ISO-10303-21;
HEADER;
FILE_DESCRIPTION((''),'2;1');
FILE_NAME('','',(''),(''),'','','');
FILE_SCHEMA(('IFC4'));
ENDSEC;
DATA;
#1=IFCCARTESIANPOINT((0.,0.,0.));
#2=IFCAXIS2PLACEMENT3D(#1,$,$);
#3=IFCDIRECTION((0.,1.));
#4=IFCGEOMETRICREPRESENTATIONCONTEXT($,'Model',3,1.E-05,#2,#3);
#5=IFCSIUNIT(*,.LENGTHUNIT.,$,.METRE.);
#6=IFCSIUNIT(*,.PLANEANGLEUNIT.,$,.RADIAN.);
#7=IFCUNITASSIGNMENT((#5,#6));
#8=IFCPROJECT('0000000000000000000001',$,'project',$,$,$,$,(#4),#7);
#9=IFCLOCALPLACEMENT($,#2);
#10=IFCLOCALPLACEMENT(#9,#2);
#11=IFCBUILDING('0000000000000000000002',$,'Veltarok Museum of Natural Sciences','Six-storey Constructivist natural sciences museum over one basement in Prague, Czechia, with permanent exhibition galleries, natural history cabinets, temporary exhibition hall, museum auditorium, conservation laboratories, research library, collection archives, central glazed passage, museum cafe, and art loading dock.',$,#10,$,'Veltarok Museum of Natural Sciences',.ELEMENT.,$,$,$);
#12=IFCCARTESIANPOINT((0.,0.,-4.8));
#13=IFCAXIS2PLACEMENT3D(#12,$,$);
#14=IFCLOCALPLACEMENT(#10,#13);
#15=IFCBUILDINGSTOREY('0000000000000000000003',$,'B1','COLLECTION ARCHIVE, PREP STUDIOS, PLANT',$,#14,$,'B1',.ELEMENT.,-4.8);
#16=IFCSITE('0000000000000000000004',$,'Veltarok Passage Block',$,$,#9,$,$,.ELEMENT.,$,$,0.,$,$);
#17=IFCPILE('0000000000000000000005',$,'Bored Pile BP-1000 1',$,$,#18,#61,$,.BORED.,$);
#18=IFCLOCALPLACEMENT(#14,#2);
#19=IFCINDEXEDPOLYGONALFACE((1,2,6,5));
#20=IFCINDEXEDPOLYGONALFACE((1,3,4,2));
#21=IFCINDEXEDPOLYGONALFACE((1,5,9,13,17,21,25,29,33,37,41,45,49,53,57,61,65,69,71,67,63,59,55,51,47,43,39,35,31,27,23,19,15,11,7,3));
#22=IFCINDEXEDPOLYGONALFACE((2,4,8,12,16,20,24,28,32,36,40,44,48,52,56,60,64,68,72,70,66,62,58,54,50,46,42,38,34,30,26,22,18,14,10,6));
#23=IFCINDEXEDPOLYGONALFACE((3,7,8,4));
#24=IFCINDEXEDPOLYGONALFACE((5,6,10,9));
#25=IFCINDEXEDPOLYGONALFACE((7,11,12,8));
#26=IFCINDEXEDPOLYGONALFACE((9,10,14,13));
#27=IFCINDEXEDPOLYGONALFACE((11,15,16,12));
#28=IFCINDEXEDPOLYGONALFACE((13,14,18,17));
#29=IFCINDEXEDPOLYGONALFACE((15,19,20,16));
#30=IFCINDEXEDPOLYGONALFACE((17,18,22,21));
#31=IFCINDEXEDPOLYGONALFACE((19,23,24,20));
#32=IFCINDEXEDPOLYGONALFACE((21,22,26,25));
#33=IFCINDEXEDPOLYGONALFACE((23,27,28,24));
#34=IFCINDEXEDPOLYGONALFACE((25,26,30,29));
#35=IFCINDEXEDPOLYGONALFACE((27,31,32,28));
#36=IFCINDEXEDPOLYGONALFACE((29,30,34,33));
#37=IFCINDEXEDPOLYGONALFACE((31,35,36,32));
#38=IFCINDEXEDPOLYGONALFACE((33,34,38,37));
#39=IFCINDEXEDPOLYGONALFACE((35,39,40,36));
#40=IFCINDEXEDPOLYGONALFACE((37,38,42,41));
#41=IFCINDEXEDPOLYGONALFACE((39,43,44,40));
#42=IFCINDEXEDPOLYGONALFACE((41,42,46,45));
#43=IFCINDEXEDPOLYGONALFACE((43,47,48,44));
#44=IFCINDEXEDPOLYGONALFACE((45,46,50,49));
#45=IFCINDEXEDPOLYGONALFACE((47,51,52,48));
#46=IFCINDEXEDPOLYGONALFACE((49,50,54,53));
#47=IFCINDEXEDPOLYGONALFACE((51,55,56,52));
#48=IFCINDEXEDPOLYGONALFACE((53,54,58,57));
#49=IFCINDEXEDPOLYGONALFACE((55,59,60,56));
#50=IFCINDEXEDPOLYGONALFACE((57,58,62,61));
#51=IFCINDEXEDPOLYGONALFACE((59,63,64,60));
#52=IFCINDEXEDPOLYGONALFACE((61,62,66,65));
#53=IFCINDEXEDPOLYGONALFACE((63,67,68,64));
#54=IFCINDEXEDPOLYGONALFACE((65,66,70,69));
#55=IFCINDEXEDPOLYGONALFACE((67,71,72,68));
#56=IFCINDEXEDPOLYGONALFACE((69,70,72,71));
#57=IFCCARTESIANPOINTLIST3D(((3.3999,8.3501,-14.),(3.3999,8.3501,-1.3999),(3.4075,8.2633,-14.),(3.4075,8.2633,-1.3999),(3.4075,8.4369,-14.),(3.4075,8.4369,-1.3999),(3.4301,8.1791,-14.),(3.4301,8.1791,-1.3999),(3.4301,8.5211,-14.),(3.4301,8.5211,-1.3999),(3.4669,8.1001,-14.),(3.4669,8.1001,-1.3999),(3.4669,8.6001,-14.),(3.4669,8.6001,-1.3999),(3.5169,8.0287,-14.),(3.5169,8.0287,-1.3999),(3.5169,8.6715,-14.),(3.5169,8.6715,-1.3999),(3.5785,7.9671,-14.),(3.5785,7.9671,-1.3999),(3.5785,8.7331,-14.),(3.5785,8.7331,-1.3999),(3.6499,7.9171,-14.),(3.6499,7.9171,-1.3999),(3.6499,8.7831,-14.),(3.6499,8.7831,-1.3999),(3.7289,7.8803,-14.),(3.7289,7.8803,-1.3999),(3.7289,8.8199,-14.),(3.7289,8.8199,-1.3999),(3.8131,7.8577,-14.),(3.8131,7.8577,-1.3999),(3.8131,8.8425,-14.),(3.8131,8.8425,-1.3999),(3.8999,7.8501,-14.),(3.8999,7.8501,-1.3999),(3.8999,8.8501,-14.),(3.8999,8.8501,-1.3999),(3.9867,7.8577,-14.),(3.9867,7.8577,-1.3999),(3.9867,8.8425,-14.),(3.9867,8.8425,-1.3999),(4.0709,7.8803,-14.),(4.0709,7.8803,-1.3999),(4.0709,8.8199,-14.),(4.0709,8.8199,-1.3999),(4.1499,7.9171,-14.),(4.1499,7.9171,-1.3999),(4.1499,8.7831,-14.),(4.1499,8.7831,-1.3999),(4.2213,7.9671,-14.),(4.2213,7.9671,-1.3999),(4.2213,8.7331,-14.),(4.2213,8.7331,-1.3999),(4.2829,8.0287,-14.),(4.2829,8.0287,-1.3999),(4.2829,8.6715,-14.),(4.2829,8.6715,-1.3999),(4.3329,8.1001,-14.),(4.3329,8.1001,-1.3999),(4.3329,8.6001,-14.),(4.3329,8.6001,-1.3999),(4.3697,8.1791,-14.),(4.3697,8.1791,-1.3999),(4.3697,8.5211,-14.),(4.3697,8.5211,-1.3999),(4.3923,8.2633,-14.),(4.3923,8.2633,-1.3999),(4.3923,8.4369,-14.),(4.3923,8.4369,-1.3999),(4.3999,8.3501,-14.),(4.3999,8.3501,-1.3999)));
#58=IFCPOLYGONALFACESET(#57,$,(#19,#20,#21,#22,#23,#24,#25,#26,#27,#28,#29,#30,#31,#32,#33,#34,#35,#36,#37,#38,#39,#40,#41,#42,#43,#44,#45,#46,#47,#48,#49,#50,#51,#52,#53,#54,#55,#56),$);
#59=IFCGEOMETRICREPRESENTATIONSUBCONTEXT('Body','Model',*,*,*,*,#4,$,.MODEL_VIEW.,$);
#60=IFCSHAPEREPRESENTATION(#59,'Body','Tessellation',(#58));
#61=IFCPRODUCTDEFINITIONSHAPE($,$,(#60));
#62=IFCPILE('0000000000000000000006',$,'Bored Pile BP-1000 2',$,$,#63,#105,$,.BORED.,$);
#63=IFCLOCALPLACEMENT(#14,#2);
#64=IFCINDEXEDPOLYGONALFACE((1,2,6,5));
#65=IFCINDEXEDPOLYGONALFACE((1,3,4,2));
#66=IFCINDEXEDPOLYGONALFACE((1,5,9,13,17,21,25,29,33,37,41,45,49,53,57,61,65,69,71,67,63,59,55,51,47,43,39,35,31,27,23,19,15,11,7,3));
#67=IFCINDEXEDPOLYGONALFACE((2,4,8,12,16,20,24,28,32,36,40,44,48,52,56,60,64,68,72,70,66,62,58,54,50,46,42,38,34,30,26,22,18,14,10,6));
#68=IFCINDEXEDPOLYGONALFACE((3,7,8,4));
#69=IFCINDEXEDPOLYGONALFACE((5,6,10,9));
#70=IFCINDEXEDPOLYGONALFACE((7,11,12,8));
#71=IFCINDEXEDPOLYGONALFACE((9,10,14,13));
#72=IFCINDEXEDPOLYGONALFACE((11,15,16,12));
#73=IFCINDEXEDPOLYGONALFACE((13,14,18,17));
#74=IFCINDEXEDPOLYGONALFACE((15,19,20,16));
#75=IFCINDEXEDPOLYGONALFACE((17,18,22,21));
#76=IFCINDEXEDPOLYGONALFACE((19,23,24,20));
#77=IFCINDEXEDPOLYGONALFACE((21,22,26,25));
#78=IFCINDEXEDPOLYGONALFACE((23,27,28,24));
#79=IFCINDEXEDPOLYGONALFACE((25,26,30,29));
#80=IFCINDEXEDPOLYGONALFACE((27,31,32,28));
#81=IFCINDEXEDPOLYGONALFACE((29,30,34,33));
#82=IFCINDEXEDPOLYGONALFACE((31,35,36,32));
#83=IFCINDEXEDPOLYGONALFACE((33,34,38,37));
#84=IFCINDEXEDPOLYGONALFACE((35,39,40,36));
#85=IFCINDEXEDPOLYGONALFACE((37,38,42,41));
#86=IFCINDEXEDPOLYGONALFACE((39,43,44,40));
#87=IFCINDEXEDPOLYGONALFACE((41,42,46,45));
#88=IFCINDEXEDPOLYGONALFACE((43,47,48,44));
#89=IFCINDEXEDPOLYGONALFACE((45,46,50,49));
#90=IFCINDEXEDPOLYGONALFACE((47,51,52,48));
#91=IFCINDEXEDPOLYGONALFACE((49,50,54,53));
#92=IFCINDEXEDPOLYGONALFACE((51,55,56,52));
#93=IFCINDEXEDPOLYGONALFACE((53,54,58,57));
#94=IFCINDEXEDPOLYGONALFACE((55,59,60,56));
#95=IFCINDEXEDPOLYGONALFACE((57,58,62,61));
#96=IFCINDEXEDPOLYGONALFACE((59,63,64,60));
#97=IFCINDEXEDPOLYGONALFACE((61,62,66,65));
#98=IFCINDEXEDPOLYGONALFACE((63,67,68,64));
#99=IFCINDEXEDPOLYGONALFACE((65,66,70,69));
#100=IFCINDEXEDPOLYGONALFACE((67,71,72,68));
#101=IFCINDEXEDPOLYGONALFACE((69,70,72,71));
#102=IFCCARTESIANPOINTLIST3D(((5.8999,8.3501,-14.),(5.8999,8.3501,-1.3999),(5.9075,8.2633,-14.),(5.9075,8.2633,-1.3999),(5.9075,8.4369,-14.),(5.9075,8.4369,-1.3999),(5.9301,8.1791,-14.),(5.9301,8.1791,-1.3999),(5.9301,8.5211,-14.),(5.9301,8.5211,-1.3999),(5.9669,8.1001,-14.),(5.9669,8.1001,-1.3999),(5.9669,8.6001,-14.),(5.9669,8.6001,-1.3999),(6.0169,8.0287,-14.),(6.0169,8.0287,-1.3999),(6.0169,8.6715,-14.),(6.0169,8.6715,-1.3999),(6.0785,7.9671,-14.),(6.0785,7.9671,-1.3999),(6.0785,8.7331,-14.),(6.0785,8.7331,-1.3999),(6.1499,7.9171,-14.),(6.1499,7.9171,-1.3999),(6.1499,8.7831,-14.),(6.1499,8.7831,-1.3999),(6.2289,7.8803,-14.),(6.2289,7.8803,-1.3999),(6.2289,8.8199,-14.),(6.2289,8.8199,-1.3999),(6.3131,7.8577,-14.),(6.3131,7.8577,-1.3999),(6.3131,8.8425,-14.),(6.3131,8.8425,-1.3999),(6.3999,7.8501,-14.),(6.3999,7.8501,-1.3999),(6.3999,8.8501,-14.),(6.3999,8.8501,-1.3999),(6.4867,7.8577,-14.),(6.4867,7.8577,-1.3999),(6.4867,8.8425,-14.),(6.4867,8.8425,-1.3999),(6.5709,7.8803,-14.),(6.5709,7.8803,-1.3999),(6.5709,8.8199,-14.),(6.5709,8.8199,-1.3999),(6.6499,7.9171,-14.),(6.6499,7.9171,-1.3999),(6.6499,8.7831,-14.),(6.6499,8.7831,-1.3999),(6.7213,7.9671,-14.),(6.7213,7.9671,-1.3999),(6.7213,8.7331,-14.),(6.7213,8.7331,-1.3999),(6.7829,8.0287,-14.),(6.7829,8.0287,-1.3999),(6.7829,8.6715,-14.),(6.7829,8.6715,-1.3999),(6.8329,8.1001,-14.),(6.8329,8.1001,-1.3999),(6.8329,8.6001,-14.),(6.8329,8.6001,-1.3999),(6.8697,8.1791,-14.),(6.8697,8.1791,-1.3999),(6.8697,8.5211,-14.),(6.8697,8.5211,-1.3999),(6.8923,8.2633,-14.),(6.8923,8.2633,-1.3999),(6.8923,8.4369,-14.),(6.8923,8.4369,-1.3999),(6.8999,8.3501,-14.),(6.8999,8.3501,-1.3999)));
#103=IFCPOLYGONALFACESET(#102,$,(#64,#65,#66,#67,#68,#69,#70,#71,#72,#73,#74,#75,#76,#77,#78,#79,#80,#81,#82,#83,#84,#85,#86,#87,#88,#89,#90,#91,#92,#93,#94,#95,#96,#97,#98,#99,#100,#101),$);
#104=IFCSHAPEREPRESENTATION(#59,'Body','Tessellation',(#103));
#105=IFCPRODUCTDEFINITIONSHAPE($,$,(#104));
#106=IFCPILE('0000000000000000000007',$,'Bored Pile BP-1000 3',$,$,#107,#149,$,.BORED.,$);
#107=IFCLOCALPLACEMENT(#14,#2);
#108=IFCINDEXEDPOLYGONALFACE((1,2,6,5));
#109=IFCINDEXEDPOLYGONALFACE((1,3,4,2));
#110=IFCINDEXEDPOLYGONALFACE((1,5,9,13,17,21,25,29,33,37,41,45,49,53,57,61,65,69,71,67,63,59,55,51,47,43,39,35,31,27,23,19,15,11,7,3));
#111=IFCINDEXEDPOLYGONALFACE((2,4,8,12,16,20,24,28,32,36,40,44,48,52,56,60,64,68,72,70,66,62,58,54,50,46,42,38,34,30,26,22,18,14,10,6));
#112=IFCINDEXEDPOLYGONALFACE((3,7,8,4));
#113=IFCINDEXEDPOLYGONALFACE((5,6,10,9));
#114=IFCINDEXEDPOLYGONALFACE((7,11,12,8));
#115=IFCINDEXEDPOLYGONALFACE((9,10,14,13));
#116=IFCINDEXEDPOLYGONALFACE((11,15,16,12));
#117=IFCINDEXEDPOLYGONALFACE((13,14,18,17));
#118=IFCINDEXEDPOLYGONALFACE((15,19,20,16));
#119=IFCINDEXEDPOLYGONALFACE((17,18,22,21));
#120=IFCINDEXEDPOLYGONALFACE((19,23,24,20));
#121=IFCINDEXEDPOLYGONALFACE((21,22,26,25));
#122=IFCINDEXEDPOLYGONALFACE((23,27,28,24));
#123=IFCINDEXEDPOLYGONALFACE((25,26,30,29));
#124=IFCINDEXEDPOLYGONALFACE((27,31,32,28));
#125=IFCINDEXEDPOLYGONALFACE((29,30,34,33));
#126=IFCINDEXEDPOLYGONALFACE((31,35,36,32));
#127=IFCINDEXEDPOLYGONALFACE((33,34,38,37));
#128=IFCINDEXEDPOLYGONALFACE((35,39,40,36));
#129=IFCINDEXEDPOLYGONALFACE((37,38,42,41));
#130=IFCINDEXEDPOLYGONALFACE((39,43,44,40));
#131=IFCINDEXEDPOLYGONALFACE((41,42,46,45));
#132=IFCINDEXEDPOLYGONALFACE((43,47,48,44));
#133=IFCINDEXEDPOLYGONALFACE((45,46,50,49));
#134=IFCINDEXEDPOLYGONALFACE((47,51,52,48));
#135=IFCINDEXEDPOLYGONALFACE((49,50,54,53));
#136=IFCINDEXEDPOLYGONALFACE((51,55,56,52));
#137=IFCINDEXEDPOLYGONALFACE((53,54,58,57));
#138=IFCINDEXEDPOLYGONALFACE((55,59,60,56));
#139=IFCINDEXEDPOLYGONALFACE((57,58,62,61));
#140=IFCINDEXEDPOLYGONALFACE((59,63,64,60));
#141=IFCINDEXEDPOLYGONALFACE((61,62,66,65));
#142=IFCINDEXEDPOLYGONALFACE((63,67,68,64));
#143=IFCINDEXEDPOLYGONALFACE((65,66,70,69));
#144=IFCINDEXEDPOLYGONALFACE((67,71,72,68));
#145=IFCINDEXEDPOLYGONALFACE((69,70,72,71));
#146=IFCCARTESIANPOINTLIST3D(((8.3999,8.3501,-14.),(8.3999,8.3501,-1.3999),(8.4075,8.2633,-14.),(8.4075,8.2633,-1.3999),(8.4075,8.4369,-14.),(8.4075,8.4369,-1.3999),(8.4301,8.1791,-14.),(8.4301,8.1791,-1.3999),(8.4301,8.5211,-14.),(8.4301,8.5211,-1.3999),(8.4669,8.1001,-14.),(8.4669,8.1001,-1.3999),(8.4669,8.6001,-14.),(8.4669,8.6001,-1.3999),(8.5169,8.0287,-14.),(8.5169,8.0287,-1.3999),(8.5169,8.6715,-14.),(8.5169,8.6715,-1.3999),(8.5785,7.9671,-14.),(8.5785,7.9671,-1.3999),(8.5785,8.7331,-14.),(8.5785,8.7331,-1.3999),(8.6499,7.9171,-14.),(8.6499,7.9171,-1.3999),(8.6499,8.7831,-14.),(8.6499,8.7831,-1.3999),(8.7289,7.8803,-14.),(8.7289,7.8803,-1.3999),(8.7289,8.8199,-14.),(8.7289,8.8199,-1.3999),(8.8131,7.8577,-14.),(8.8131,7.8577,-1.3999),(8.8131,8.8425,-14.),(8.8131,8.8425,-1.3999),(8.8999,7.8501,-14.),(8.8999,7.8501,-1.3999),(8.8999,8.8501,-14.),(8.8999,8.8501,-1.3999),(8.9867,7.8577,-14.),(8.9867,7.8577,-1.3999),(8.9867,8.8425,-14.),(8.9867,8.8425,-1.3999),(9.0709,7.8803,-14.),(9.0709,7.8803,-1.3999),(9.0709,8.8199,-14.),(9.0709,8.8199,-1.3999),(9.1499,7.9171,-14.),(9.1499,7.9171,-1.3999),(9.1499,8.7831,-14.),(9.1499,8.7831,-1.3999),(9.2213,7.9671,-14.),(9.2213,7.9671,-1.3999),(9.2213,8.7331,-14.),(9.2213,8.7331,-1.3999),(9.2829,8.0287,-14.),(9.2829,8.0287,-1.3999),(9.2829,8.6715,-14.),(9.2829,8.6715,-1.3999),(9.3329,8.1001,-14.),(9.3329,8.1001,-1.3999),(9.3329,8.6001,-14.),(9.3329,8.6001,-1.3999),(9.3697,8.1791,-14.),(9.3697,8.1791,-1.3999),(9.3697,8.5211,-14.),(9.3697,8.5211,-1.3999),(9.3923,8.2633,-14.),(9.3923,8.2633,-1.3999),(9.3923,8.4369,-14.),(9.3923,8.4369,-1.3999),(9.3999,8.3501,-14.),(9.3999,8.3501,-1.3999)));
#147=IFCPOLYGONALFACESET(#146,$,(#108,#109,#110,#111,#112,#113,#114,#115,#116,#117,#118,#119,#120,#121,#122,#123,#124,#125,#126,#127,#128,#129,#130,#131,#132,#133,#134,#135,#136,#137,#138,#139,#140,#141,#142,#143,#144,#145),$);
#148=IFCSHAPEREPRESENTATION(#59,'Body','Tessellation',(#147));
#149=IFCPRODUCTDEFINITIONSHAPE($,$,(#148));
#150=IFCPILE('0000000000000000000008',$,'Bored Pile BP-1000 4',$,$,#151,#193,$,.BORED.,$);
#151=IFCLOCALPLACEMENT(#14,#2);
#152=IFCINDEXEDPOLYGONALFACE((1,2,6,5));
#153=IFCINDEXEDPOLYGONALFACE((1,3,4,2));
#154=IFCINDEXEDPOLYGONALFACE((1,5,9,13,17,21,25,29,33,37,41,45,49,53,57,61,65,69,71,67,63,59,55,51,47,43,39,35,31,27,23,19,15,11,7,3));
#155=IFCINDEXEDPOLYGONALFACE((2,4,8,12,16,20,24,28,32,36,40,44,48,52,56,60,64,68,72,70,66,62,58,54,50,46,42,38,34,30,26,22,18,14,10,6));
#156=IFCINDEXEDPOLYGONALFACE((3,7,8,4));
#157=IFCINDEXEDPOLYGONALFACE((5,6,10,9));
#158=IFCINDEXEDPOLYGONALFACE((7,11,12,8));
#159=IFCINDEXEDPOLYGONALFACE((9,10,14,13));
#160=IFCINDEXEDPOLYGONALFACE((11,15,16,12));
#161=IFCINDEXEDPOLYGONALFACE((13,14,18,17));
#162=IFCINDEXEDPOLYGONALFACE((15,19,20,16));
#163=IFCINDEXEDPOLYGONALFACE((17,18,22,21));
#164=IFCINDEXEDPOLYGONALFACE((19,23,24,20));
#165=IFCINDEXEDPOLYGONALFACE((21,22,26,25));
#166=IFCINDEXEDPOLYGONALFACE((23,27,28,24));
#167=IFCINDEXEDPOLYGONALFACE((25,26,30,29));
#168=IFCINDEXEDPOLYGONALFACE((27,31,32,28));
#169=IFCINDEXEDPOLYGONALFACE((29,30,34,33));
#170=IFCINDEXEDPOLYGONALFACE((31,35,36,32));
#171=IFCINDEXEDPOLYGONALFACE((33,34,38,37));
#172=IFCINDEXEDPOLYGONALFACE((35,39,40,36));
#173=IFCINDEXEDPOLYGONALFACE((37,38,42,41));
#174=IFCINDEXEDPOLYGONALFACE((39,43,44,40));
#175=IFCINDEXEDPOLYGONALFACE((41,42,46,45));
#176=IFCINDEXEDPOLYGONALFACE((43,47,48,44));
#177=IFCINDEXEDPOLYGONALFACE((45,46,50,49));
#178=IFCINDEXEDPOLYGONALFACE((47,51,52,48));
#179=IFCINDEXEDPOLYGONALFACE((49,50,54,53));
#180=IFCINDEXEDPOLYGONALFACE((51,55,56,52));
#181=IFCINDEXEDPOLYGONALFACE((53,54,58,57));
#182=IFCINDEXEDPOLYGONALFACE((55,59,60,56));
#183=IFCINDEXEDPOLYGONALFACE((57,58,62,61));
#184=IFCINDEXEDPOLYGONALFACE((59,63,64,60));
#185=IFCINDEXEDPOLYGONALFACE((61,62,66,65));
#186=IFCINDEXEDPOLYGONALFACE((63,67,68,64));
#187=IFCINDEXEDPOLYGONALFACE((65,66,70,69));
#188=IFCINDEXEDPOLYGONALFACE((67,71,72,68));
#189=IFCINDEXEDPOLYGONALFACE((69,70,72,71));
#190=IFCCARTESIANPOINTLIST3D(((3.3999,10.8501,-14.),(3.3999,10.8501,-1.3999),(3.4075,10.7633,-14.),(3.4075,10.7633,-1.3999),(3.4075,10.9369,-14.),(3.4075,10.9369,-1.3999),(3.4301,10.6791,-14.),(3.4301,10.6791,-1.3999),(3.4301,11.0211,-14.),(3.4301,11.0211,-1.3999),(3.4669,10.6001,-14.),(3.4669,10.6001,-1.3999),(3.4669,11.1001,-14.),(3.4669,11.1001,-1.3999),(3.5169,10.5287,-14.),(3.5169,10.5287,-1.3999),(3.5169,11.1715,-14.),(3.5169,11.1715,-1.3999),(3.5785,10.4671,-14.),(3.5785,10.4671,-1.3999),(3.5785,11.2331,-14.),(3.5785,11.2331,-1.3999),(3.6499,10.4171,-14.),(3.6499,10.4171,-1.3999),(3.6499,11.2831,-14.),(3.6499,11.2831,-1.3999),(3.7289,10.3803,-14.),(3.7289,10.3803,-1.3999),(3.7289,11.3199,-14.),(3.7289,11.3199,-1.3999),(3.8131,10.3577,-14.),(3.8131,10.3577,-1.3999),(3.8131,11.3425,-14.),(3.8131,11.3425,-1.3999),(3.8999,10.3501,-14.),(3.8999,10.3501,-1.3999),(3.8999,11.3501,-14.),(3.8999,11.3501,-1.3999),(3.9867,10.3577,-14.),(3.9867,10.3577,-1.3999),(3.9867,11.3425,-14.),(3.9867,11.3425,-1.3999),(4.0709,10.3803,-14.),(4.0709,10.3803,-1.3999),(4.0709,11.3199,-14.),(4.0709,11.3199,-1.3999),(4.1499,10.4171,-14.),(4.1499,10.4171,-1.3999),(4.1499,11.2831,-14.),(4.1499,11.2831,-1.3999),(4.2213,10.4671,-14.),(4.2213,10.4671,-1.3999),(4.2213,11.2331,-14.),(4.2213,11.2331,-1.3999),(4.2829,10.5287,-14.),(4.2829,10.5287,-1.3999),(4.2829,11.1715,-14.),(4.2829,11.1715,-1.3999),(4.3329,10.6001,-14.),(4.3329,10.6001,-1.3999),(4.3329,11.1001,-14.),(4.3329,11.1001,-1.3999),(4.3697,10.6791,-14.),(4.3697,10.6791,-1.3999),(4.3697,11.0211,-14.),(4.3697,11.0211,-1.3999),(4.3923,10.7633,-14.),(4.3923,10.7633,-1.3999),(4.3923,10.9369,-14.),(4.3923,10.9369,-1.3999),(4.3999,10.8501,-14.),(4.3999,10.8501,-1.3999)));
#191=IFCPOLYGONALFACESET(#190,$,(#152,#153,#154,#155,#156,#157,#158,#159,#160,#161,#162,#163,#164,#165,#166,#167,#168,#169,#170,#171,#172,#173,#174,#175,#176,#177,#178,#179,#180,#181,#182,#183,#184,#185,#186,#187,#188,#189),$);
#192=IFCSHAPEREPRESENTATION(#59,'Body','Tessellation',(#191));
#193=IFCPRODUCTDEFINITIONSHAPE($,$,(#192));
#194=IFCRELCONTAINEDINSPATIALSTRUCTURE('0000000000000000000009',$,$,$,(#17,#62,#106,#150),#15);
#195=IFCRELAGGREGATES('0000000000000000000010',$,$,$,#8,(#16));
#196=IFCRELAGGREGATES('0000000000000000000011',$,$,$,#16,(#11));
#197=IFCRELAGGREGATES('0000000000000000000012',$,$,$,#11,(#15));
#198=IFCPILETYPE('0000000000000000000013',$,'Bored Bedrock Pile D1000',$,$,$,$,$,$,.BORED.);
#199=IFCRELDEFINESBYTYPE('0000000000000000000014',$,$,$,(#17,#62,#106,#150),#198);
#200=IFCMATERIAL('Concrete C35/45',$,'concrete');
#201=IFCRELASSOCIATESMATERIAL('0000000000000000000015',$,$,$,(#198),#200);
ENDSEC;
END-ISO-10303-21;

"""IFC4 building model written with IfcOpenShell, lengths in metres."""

from ifc_helpers import new_model, si_unit, direction, frame, origin, origin_2d, place, context, subcontext, project, spatial, circle, extrude, material, material_profile, profile_set, type_object, element, save


model = new_model("IFC4")

# Units and contexts
model_context = context("Model", 3, precision=1e-05, world=origin(), true_north=direction((0.0, 1.0)))
body_context = subcontext(model_context, "Body", "Model", "MODEL_VIEW")
ifc_project = project(units=[si_unit("LENGTHUNIT", "METRE"), si_unit("PLANEANGLEUNIT", "RADIAN")], contexts=[model_context])

# Site, building, storey
site_placement = place(None, origin())
site = spatial("IfcSite", under=ifc_project, at=site_placement, Name="Veltarok Passage Block", CompositionType="ELEMENT", RefElevation=0.0)
building_placement = place(site_placement, origin())
building = spatial("IfcBuilding", under=site, at=building_placement, Name="Veltarok Museum of Natural Sciences", Description="Six-storey Constructivist natural sciences museum over one basement in Prague, Czechia, with permanent exhibition galleries, natural history cabinets, temporary exhibition hall, museum auditorium, conservation laboratories, research library, collection archives, central glazed passage, museum cafe, and art loading dock.", LongName="Veltarok Museum of Natural Sciences", CompositionType="ELEMENT")
storey_placement = place(building_placement, frame((0.0, 0.0, -4.8)))
storey = spatial("IfcBuildingStorey", under=building, at=storey_placement, Name="B1", Description="COLLECTION ARCHIVE, PREP STUDIOS, PLANT", LongName="B1", CompositionType="ELEMENT", Elevation=-4.8)

# Piles
ifc_material_1 = material(Name="Concrete C35/45", Category="concrete")
ifc_material_profile_1 = material_profile(ifc_material_1, circle(Radius=0.5, at=origin_2d()), Name="BP D1000")
ifc_profile_set_1 = profile_set([ifc_material_profile_1], Name="Concrete C35/45")
pile_type_1 = type_object("IfcPileType", Name="Bored Bedrock Pile D1000", PredefinedType="BORED", material=ifc_profile_set_1)
for number, where, z_axis, x_axis, name in (
    (1, (3.8999, 8.3501, -1.3999), (0.0, 0.0, -1.0), (1.0, 0.0, 0.0), "Bored Pile BP-1000 1"),
    (2, (6.3999, 8.3501, -1.3999), (0.0, 0.0, -1.0), (1.0, 0.0, 0.0), "Bored Pile BP-1000 2"),
    (3, (8.8999, 8.3501, -1.3999), (0.0, 0.0, -1.0), (1.0, 0.0, 0.0), "Bored Pile BP-1000 3"),
    (4, (3.8999, 10.8501, -1.3999), (0.0, 0.0, -1.0), (1.0, 0.0, 0.0), "Bored Pile BP-1000 4"),
):
    element("IfcPile", number, at=place(storey_placement, frame(where, z_axis=z_axis, x_axis=x_axis)), inside=storey, type_object=pile_type_1, Name=name, PredefinedType="BORED", context=body_context, shape_type="SweptSolid", body=[
        extrude(circle(Radius=0.5, at=origin_2d()), origin(), (0.0, 0.0, 1.0), 12.6001),
    ])

save(model, "model.ifc")
